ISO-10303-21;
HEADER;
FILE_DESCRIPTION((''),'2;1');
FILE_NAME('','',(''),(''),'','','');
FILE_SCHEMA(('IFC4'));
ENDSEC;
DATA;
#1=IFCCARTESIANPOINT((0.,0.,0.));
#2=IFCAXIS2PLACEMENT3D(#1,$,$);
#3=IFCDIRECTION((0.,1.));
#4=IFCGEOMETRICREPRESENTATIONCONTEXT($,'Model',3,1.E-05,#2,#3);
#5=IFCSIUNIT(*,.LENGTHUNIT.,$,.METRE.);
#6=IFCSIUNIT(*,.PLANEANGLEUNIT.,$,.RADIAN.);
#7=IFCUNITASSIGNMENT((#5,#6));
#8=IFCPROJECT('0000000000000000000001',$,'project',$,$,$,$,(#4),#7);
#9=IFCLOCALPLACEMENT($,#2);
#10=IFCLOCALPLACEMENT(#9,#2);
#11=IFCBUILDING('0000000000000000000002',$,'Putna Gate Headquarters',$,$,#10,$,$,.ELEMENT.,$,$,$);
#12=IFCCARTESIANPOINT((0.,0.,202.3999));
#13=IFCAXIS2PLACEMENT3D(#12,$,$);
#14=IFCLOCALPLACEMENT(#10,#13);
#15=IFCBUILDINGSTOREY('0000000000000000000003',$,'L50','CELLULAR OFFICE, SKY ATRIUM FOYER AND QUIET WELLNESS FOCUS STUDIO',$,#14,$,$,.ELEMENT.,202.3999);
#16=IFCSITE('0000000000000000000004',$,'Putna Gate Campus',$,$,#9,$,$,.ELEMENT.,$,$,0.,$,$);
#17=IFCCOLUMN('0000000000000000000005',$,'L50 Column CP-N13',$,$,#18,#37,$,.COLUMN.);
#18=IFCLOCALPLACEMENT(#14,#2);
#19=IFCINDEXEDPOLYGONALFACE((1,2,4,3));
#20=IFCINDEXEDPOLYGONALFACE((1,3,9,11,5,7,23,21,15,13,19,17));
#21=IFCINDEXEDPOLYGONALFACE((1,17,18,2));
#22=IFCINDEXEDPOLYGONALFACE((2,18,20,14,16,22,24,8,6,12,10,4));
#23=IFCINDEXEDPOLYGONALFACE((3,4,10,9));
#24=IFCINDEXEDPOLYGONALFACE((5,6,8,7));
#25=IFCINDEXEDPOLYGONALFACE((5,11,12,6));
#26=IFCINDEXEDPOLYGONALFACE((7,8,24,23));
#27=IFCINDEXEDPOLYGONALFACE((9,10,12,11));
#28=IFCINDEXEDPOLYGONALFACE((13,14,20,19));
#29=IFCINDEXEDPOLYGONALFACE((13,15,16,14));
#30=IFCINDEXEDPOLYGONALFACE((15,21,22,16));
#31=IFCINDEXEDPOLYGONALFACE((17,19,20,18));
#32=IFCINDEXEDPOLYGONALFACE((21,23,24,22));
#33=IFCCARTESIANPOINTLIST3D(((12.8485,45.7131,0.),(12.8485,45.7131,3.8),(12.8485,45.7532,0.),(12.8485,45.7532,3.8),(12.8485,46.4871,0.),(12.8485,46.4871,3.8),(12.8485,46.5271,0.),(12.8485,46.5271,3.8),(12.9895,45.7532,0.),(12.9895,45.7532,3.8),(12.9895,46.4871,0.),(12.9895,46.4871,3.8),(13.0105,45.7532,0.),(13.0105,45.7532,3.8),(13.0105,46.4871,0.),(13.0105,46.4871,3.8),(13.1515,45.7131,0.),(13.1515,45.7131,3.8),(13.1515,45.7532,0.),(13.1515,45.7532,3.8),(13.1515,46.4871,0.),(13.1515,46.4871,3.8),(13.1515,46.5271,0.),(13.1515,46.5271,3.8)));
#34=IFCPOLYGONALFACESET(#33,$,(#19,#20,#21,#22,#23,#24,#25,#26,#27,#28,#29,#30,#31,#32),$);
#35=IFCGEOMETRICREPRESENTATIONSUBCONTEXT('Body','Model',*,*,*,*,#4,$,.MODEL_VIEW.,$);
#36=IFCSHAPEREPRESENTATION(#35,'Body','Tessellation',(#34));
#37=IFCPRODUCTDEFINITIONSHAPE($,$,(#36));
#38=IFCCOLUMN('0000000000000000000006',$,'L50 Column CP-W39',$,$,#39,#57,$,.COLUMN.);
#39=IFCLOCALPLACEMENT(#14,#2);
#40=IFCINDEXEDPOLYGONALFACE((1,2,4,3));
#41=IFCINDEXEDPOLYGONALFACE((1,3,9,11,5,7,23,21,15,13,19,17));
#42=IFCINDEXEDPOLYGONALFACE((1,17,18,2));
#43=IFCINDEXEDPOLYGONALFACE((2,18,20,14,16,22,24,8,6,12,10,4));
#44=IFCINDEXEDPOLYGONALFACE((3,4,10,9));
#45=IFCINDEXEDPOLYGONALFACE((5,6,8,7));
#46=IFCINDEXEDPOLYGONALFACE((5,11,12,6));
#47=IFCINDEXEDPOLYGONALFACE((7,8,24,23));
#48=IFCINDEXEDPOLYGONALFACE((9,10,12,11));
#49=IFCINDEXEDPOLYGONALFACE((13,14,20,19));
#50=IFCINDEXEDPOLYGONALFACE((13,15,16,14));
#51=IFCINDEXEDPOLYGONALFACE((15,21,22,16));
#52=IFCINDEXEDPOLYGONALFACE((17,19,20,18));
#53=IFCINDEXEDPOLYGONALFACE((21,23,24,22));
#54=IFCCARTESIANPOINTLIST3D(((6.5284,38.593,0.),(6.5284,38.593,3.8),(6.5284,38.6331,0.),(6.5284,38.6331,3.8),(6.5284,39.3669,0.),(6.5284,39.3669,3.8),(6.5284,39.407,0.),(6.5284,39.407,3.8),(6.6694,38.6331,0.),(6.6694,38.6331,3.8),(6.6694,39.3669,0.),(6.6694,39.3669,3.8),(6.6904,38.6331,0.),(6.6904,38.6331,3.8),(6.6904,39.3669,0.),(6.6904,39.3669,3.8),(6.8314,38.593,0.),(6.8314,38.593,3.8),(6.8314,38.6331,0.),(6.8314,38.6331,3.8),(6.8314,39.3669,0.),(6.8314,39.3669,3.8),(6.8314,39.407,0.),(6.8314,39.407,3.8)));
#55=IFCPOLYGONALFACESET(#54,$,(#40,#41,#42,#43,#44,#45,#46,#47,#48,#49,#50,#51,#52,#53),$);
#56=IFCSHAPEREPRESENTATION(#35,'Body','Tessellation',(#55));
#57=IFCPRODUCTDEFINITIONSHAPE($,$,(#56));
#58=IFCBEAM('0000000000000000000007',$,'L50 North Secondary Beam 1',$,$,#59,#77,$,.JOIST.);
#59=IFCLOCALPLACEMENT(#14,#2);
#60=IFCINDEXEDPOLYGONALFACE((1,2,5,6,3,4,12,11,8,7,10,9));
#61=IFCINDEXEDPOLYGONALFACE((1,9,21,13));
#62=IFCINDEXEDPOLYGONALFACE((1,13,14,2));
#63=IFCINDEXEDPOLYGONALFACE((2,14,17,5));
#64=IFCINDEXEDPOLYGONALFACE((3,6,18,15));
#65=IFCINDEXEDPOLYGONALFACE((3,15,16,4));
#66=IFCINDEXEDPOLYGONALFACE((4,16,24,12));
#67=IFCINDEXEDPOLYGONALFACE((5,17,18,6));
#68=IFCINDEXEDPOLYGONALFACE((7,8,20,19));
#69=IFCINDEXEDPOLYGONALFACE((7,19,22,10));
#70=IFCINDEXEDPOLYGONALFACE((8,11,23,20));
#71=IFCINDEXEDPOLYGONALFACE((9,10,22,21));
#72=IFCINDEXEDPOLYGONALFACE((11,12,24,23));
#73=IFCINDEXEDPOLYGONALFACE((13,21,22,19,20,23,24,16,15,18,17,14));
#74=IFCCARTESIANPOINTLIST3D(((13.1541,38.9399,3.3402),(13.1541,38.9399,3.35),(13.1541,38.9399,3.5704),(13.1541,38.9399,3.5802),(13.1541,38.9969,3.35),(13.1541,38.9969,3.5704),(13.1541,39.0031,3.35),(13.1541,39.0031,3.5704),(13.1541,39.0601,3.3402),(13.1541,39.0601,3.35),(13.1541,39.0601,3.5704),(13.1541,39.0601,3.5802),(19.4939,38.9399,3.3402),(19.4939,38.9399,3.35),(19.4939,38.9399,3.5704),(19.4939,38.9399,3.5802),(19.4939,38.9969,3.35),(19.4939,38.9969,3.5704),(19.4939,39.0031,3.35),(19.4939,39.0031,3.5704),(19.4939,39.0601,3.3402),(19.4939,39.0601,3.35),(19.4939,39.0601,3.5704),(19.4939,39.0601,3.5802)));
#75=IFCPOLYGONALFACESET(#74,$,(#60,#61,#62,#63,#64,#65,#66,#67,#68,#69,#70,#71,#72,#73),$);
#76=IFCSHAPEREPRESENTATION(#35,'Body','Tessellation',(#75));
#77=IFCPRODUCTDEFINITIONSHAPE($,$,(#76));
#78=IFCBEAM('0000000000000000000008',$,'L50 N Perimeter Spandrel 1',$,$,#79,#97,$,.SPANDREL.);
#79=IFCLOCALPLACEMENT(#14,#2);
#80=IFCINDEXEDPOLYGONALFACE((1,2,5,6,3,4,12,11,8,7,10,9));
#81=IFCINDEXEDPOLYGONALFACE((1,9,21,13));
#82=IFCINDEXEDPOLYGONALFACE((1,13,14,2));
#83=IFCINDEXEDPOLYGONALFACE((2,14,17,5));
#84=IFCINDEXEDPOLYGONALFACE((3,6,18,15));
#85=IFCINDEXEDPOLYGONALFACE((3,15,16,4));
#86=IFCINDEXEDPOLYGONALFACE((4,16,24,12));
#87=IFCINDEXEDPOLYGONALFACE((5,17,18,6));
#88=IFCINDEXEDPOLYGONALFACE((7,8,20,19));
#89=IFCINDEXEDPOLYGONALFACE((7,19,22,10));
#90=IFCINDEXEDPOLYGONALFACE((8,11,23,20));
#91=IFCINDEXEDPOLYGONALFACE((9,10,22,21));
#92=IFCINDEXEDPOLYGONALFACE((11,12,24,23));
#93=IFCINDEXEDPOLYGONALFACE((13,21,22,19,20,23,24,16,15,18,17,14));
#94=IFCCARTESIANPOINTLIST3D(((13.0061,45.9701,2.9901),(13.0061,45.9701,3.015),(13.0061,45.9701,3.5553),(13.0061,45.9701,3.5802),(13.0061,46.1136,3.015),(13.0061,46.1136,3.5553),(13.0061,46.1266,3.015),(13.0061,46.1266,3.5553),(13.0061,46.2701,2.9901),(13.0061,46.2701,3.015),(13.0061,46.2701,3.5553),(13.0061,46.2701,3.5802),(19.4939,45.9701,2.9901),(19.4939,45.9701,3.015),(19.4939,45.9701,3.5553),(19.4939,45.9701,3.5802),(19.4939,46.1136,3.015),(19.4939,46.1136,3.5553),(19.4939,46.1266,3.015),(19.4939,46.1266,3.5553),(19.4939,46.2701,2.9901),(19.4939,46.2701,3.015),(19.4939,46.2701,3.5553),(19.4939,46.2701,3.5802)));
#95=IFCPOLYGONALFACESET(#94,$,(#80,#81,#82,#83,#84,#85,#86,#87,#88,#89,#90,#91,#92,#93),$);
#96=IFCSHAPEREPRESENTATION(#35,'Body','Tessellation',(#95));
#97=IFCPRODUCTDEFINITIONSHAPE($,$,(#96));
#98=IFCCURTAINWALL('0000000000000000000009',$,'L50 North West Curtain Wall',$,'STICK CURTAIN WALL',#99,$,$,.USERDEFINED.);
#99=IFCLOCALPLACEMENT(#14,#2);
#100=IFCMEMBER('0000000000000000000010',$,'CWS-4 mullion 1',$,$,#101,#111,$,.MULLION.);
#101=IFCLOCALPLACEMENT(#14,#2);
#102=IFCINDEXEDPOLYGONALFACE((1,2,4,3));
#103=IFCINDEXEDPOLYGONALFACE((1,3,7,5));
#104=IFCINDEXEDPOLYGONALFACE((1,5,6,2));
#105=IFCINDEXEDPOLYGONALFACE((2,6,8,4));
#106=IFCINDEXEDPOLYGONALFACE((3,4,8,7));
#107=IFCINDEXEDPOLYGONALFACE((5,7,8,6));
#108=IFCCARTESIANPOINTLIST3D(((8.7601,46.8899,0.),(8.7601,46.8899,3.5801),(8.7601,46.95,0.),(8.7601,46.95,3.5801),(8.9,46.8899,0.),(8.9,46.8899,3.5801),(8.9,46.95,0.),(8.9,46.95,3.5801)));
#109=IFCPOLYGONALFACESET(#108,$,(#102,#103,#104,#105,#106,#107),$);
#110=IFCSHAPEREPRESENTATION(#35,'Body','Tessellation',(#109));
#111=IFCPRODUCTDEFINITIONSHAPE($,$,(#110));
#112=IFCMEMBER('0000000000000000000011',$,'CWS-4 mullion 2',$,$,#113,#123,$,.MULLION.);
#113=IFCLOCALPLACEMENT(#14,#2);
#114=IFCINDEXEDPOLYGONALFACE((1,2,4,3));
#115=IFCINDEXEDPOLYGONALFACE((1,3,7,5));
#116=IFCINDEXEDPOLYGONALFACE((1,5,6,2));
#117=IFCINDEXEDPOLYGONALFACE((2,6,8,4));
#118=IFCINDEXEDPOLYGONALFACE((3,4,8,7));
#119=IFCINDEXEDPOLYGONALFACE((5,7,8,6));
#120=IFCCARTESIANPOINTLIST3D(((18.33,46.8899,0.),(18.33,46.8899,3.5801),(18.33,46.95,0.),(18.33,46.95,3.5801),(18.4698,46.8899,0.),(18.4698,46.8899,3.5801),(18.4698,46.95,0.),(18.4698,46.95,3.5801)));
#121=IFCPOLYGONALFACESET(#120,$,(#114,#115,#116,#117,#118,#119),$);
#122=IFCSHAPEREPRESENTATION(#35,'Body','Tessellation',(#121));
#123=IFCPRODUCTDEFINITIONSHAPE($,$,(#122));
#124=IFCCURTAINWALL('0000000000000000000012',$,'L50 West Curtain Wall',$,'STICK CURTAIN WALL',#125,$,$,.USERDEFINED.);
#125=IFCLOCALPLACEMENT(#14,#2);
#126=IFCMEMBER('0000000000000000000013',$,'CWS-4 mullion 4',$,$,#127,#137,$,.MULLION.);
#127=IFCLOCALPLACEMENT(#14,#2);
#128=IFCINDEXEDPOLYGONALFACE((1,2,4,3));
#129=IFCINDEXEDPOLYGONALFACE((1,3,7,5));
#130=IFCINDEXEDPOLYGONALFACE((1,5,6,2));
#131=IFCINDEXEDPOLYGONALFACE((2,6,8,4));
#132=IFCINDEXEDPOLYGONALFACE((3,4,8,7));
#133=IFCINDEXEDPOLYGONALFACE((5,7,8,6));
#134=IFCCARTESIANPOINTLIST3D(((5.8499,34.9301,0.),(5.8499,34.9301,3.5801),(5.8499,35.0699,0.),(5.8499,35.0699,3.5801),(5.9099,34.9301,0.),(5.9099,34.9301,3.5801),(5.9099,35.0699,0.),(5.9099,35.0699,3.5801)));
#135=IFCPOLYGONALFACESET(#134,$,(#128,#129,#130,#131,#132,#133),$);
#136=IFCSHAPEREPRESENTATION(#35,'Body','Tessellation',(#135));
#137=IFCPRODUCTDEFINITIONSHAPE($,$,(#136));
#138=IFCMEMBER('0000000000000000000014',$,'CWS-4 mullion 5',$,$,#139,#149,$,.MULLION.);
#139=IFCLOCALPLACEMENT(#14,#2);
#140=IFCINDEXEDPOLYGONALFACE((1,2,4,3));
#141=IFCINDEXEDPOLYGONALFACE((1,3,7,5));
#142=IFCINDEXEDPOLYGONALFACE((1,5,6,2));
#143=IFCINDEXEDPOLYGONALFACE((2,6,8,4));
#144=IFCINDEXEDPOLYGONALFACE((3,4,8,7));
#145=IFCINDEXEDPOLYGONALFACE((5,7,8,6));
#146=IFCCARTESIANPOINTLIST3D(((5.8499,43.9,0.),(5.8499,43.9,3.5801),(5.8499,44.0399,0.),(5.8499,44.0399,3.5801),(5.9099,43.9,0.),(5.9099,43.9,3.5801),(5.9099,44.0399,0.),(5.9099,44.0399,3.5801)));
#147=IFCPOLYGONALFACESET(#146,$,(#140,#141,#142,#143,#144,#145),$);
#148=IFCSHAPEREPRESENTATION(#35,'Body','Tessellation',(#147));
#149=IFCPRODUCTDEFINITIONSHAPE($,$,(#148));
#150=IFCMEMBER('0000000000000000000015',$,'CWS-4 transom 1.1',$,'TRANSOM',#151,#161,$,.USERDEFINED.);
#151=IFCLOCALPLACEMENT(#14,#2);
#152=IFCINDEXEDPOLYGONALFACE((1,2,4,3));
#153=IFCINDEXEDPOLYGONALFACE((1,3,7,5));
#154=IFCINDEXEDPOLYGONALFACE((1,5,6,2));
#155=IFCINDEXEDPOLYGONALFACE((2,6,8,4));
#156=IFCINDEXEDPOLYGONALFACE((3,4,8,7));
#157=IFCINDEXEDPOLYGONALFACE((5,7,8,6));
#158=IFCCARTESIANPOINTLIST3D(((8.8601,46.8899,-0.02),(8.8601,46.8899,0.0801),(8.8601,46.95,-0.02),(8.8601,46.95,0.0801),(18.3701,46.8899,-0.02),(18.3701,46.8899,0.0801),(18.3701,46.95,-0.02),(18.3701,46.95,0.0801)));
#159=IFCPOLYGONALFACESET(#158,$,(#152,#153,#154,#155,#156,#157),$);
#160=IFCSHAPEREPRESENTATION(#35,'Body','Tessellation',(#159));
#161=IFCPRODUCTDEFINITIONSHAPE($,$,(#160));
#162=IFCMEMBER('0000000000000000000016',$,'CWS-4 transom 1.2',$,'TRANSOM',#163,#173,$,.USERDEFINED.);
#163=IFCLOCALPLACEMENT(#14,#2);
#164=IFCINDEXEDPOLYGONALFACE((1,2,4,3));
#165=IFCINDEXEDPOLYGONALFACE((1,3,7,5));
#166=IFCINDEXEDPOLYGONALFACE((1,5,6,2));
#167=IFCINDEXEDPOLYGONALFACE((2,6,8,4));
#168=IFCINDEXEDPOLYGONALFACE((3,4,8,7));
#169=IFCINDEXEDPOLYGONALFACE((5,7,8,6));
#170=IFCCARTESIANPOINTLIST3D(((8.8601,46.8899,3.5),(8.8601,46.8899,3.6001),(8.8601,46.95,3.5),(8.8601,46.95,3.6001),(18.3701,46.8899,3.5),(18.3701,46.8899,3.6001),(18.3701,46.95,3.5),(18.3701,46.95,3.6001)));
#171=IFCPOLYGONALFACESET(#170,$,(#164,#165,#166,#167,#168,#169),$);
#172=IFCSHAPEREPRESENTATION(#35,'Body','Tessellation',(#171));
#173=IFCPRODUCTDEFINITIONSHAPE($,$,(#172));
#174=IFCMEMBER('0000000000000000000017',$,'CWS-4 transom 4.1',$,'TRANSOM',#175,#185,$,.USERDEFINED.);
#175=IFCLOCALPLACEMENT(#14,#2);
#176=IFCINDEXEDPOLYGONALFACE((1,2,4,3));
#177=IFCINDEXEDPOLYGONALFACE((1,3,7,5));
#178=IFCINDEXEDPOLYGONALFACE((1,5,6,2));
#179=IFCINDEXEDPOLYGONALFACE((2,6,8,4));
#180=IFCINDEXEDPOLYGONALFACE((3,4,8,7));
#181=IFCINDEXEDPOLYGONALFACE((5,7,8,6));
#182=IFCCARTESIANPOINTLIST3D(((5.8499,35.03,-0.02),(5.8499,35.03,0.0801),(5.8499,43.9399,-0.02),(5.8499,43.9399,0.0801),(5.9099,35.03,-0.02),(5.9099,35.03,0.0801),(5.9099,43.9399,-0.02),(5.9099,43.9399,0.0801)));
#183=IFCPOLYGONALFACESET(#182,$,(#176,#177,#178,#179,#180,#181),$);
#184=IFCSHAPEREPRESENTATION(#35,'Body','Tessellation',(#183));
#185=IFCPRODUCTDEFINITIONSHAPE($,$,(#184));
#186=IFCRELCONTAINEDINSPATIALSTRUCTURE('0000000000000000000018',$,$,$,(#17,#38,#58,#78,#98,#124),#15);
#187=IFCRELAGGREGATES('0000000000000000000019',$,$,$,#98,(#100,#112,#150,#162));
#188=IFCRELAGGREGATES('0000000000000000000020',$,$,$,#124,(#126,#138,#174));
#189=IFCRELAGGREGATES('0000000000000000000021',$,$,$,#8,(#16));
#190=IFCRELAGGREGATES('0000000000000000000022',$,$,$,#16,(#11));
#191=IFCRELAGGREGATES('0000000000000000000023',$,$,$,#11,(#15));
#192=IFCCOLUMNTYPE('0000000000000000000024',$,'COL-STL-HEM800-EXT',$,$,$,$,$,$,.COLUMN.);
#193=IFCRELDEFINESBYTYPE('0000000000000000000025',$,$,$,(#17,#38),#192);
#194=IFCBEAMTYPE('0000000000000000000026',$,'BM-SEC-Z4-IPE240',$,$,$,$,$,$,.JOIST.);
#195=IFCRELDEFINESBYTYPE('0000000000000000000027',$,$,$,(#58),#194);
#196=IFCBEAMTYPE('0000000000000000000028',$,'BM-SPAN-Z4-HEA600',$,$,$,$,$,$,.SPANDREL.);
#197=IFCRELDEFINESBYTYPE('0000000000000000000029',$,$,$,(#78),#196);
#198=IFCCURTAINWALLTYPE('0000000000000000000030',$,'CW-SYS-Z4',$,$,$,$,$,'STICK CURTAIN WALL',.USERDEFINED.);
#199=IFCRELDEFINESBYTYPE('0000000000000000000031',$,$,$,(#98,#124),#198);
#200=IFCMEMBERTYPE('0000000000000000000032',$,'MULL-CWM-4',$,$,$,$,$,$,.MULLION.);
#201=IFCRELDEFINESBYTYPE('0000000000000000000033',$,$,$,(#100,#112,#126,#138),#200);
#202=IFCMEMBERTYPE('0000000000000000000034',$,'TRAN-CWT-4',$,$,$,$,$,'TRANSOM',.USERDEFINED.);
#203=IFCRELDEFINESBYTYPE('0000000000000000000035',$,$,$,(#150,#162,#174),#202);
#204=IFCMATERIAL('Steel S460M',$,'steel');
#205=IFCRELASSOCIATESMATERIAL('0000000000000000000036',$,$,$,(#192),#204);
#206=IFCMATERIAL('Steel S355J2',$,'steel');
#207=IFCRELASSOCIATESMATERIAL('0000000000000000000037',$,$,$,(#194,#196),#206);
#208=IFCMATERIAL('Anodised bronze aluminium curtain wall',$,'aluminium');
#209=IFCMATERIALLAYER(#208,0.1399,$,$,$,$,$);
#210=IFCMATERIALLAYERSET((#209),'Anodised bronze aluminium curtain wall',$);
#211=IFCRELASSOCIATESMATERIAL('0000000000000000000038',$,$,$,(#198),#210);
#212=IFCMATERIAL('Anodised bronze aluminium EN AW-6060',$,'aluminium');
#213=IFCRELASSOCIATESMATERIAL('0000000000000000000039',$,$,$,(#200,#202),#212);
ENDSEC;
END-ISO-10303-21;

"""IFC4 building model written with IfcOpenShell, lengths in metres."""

from ifc_helpers import new_model, si_unit, direction, frame, origin, origin_2d, place, context, subcontext, project, spatial, rectangle, i_section, extrude, material, layer, layer_set, material_profile, profile_set, type_object, element, aggregate, save


model = new_model("IFC4")

# Units and contexts
model_context = context("Model", 3, precision=1e-05, world=origin(), true_north=direction((0.0, 1.0)))
body_context = subcontext(model_context, "Body", "Model", "MODEL_VIEW")
ifc_project = project(units=[si_unit("LENGTHUNIT", "METRE"), si_unit("PLANEANGLEUNIT", "RADIAN")], contexts=[model_context])

# Site, building, storey
site_placement = place(None, origin())
site = spatial("IfcSite", under=ifc_project, at=site_placement, Name="Putna Gate Campus", CompositionType="ELEMENT", RefElevation=0.0)
building_placement = place(site_placement, origin())
building = spatial("IfcBuilding", under=site, at=building_placement, Name="Putna Gate Headquarters", CompositionType="ELEMENT")
storey_placement = place(building_placement, frame((0.0, 0.0, 202.3999)))
storey = spatial("IfcBuildingStorey", under=building, at=storey_placement, Name="L50", Description="CELLULAR OFFICE, SKY ATRIUM FOYER AND QUIET WELLNESS FOCUS STUDIO", CompositionType="ELEMENT", Elevation=202.3999)

# Columns
ifc_material_1 = material(Name="Steel S460M", Category="steel")
ifc_material_profile_1 = material_profile(ifc_material_1, i_section(OverallWidth=0.303, OverallDepth=0.814, WebThickness=0.021, FlangeThickness=0.04, at=origin_2d()), Name="Steel S460M")
ifc_profile_set_1 = profile_set([ifc_material_profile_1], Name="Steel S460M")
column_type = type_object("IfcColumnType", Name="COL-STL-HEM800-EXT", PredefinedType="COLUMN", material=ifc_profile_set_1)
for number, where, z_axis, x_axis, name in (
    (1, (13.0, 46.1201, 0.0), (0.0, 0.0, 1.0), (1.0, 0.0, 0.0), "L50 Column CP-N13"),
    (2, (6.6799, 39.0, 0.0), (0.0, 0.0, 1.0), (1.0, 0.0, 0.0), "L50 Column CP-W39"),
):
    element("IfcColumn", number, at=place(storey_placement, frame(where, z_axis=z_axis, x_axis=x_axis)), inside=storey, type_object=column_type, Name=name, PredefinedType="COLUMN", context=body_context, shape_type="SweptSolid", body=[
        extrude(i_section(OverallWidth=0.303, OverallDepth=0.814, WebThickness=0.021, FlangeThickness=0.04, at=origin_2d()), origin(), (0.0, 0.0, 1.0), 3.8),
    ])

# Beams
ifc_material_2 = material(Name="Steel S355J2", Category="steel")
ifc_material_profile_2 = material_profile(ifc_material_2, i_section(OverallWidth=0.1201, OverallDepth=0.24, WebThickness=0.0061, FlangeThickness=0.0098, at=origin_2d()), Name="Steel S355J2")
ifc_profile_set_2 = profile_set([ifc_material_profile_2], Name="Steel S355J2")
beam_type_1 = type_object("IfcBeamType", Name="BM-SEC-Z4-IPE240", PredefinedType="JOIST", material=ifc_profile_set_2)
beam_1_placement = place(storey_placement, frame((13.1541, 39.0, 3.4602), z_axis=(1.0, 0.0, 0.0), x_axis=(0.0, 1.0, 0.0)))
element("IfcBeam", 3, at=beam_1_placement, inside=storey, type_object=beam_type_1, Name="L50 North Secondary Beam 1", PredefinedType="JOIST", context=body_context, shape_type="SweptSolid", body=[
    extrude(i_section(OverallWidth=0.1201, OverallDepth=0.24, WebThickness=0.0061, FlangeThickness=0.0098, at=origin_2d()), origin(), (0.0, 0.0, 1.0), 6.3398),
])
ifc_material_profile_3 = material_profile(ifc_material_2, i_section(OverallWidth=0.3, OverallDepth=0.5901, WebThickness=0.0129, FlangeThickness=0.0249, at=origin_2d()), Name="Steel S355J2")
ifc_profile_set_3 = profile_set([ifc_material_profile_3], Name="Steel S355J2")
beam_type_2 = type_object("IfcBeamType", Name="BM-SPAN-Z4-HEA600", PredefinedType="SPANDREL", material=ifc_profile_set_3)
beam_2_placement = place(storey_placement, frame((13.0061, 46.1201, 3.2852), z_axis=(1.0, 0.0, 0.0), x_axis=(0.0, 1.0, 0.0)))
element("IfcBeam", 4, at=beam_2_placement, inside=storey, type_object=beam_type_2, Name="L50 N Perimeter Spandrel 1", PredefinedType="SPANDREL", context=body_context, shape_type="SweptSolid", body=[
    extrude(i_section(OverallWidth=0.3, OverallDepth=0.5901, WebThickness=0.0129, FlangeThickness=0.0249, at=origin_2d()), origin(), (0.0, 0.0, 1.0), 6.4878),
])

# Curtain walls, members
ifc_material_3 = material(Name="Anodised bronze aluminium curtain wall", Category="aluminium")
ifc_layer_1 = layer(ifc_material_3, 0.1399)
ifc_layer_set_1 = layer_set([ifc_layer_1], Name="Anodised bronze aluminium curtain wall")
curtain_wall_type = type_object("IfcCurtainWallType", Name="CW-SYS-Z4", ElementType="STICK CURTAIN WALL", PredefinedType="USERDEFINED", material=ifc_layer_set_1)
curtain_wall_1_placement = place(storey_placement, origin())
curtain_wall_1 = element("IfcCurtainWall", 5, at=curtain_wall_1_placement, inside=storey, type_object=curtain_wall_type, Name="L50 North West Curtain Wall", ObjectType="STICK CURTAIN WALL", PredefinedType="USERDEFINED")
ifc_material_4 = material(Name="Anodised bronze aluminium EN AW-6060", Category="aluminium")
ifc_material_profile_4 = material_profile(ifc_material_4, rectangle(XDim=0.0601, YDim=0.1399, at=origin_2d()), Name="Anodised bronze aluminium EN AW-6060")
ifc_profile_set_4 = profile_set([ifc_material_profile_4], Name="Anodised bronze aluminium EN AW-6060")
member_type_1 = type_object("IfcMemberType", Name="MULL-CWM-4", PredefinedType="MULLION", material=ifc_profile_set_4)
member_1_placement = place(storey_placement, frame((8.8301, 46.9199, 0.0), z_axis=(0.0, 0.0, 1.0), x_axis=(0.0, 1.0, 0.0)))
member_1 = element("IfcMember", 6, at=member_1_placement, type_object=member_type_1, Name="CWS-4 mullion 1", PredefinedType="MULLION", context=body_context, shape_type="SweptSolid", body=[
    extrude(rectangle(XDim=0.0601, YDim=0.1399, at=origin_2d()), origin(), (0.0, 0.0, 1.0), 3.5801),
])
member_2_placement = place(storey_placement, frame((18.3999, 46.9199, 0.0), z_axis=(0.0, 0.0, 1.0), x_axis=(0.0, 1.0, 0.0)))
member_2 = element("IfcMember", 7, at=member_2_placement, type_object=member_type_1, Name="CWS-4 mullion 2", PredefinedType="MULLION", context=body_context, shape_type="SweptSolid", body=[
    extrude(rectangle(XDim=0.0601, YDim=0.1399, at=origin_2d()), origin(), (0.0, 0.0, 1.0), 3.5801),
])
curtain_wall_2_placement = place(storey_placement, origin())
curtain_wall_2 = element("IfcCurtainWall", 8, at=curtain_wall_2_placement, inside=storey, type_object=curtain_wall_type, Name="L50 West Curtain Wall", ObjectType="STICK CURTAIN WALL", PredefinedType="USERDEFINED")
member_3_placement = place(storey_placement, frame((5.8799, 35.0, 0.0), z_axis=(0.0, 0.0, 1.0), x_axis=(-1.0, 0.0, 0.0)))
member_3 = element("IfcMember", 9, at=member_3_placement, type_object=member_type_1, Name="CWS-4 mullion 4", PredefinedType="MULLION", context=body_context, shape_type="SweptSolid", body=[
    extrude(rectangle(XDim=0.0601, YDim=0.1399, at=origin_2d()), origin(), (0.0, 0.0, 1.0), 3.5801),
])
member_4_placement = place(storey_placement, frame((5.8799, 43.97, 0.0), z_axis=(0.0, 0.0, 1.0), x_axis=(-1.0, 0.0, 0.0)))
member_4 = element("IfcMember", 10, at=member_4_placement, type_object=member_type_1, Name="CWS-4 mullion 5", PredefinedType="MULLION", context=body_context, shape_type="SweptSolid", body=[
    extrude(rectangle(XDim=0.0601, YDim=0.1399, at=origin_2d()), origin(), (0.0, 0.0, 1.0), 3.5801),
])

# Members
ifc_material_profile_5 = material_profile(ifc_material_4, rectangle(XDim=0.0601, YDim=0.1001, at=origin_2d()), Name="Anodised bronze aluminium EN AW-6060")
ifc_profile_set_5 = profile_set([ifc_material_profile_5], Name="Anodised bronze aluminium EN AW-6060")
member_type_2 = type_object("IfcMemberType", Name="TRAN-CWT-4", ElementType="TRANSOM", PredefinedType="USERDEFINED", material=ifc_profile_set_5)
member_5_placement = place(storey_placement, frame((8.8601, 46.9199, 0.03), z_axis=(1.0, 0.0, 0.0), x_axis=(0.0, 1.0, 0.0)))
member_5 = element("IfcMember", 11, at=member_5_placement, type_object=member_type_2, Name="CWS-4 transom 1.1", ObjectType="TRANSOM", PredefinedType="USERDEFINED", context=body_context, shape_type="SweptSolid", body=[
    extrude(rectangle(XDim=0.0601, YDim=0.1001, at=origin_2d()), origin(), (0.0, 0.0, 1.0), 9.51),
])
member_6_placement = place(storey_placement, frame((8.8601, 46.9199, 3.55), z_axis=(1.0, 0.0, 0.0), x_axis=(0.0, 1.0, 0.0)))
member_6 = element("IfcMember", 12, at=member_6_placement, type_object=member_type_2, Name="CWS-4 transom 1.2", ObjectType="TRANSOM", PredefinedType="USERDEFINED", context=body_context, shape_type="SweptSolid", body=[
    extrude(rectangle(XDim=0.0601, YDim=0.1001, at=origin_2d()), origin(), (0.0, 0.0, 1.0), 9.51),
])
member_7_placement = place(storey_placement, frame((5.8799, 35.03, 0.03), z_axis=(0.0, 1.0, 0.0), x_axis=(-1.0, 0.0, 0.0)))
member_7 = element("IfcMember", 13, at=member_7_placement, type_object=member_type_2, Name="CWS-4 transom 4.1", ObjectType="TRANSOM", PredefinedType="USERDEFINED", context=body_context, shape_type="SweptSolid", body=[
    extrude(rectangle(XDim=0.0601, YDim=0.1001, at=origin_2d()), origin(), (0.0, 0.0, 1.0), 8.9099),
])

aggregate(curtain_wall_1, [member_1, member_2, member_5, member_6])
aggregate(curtain_wall_2, [member_3, member_4, member_7])

save(model, "model.ifc")
